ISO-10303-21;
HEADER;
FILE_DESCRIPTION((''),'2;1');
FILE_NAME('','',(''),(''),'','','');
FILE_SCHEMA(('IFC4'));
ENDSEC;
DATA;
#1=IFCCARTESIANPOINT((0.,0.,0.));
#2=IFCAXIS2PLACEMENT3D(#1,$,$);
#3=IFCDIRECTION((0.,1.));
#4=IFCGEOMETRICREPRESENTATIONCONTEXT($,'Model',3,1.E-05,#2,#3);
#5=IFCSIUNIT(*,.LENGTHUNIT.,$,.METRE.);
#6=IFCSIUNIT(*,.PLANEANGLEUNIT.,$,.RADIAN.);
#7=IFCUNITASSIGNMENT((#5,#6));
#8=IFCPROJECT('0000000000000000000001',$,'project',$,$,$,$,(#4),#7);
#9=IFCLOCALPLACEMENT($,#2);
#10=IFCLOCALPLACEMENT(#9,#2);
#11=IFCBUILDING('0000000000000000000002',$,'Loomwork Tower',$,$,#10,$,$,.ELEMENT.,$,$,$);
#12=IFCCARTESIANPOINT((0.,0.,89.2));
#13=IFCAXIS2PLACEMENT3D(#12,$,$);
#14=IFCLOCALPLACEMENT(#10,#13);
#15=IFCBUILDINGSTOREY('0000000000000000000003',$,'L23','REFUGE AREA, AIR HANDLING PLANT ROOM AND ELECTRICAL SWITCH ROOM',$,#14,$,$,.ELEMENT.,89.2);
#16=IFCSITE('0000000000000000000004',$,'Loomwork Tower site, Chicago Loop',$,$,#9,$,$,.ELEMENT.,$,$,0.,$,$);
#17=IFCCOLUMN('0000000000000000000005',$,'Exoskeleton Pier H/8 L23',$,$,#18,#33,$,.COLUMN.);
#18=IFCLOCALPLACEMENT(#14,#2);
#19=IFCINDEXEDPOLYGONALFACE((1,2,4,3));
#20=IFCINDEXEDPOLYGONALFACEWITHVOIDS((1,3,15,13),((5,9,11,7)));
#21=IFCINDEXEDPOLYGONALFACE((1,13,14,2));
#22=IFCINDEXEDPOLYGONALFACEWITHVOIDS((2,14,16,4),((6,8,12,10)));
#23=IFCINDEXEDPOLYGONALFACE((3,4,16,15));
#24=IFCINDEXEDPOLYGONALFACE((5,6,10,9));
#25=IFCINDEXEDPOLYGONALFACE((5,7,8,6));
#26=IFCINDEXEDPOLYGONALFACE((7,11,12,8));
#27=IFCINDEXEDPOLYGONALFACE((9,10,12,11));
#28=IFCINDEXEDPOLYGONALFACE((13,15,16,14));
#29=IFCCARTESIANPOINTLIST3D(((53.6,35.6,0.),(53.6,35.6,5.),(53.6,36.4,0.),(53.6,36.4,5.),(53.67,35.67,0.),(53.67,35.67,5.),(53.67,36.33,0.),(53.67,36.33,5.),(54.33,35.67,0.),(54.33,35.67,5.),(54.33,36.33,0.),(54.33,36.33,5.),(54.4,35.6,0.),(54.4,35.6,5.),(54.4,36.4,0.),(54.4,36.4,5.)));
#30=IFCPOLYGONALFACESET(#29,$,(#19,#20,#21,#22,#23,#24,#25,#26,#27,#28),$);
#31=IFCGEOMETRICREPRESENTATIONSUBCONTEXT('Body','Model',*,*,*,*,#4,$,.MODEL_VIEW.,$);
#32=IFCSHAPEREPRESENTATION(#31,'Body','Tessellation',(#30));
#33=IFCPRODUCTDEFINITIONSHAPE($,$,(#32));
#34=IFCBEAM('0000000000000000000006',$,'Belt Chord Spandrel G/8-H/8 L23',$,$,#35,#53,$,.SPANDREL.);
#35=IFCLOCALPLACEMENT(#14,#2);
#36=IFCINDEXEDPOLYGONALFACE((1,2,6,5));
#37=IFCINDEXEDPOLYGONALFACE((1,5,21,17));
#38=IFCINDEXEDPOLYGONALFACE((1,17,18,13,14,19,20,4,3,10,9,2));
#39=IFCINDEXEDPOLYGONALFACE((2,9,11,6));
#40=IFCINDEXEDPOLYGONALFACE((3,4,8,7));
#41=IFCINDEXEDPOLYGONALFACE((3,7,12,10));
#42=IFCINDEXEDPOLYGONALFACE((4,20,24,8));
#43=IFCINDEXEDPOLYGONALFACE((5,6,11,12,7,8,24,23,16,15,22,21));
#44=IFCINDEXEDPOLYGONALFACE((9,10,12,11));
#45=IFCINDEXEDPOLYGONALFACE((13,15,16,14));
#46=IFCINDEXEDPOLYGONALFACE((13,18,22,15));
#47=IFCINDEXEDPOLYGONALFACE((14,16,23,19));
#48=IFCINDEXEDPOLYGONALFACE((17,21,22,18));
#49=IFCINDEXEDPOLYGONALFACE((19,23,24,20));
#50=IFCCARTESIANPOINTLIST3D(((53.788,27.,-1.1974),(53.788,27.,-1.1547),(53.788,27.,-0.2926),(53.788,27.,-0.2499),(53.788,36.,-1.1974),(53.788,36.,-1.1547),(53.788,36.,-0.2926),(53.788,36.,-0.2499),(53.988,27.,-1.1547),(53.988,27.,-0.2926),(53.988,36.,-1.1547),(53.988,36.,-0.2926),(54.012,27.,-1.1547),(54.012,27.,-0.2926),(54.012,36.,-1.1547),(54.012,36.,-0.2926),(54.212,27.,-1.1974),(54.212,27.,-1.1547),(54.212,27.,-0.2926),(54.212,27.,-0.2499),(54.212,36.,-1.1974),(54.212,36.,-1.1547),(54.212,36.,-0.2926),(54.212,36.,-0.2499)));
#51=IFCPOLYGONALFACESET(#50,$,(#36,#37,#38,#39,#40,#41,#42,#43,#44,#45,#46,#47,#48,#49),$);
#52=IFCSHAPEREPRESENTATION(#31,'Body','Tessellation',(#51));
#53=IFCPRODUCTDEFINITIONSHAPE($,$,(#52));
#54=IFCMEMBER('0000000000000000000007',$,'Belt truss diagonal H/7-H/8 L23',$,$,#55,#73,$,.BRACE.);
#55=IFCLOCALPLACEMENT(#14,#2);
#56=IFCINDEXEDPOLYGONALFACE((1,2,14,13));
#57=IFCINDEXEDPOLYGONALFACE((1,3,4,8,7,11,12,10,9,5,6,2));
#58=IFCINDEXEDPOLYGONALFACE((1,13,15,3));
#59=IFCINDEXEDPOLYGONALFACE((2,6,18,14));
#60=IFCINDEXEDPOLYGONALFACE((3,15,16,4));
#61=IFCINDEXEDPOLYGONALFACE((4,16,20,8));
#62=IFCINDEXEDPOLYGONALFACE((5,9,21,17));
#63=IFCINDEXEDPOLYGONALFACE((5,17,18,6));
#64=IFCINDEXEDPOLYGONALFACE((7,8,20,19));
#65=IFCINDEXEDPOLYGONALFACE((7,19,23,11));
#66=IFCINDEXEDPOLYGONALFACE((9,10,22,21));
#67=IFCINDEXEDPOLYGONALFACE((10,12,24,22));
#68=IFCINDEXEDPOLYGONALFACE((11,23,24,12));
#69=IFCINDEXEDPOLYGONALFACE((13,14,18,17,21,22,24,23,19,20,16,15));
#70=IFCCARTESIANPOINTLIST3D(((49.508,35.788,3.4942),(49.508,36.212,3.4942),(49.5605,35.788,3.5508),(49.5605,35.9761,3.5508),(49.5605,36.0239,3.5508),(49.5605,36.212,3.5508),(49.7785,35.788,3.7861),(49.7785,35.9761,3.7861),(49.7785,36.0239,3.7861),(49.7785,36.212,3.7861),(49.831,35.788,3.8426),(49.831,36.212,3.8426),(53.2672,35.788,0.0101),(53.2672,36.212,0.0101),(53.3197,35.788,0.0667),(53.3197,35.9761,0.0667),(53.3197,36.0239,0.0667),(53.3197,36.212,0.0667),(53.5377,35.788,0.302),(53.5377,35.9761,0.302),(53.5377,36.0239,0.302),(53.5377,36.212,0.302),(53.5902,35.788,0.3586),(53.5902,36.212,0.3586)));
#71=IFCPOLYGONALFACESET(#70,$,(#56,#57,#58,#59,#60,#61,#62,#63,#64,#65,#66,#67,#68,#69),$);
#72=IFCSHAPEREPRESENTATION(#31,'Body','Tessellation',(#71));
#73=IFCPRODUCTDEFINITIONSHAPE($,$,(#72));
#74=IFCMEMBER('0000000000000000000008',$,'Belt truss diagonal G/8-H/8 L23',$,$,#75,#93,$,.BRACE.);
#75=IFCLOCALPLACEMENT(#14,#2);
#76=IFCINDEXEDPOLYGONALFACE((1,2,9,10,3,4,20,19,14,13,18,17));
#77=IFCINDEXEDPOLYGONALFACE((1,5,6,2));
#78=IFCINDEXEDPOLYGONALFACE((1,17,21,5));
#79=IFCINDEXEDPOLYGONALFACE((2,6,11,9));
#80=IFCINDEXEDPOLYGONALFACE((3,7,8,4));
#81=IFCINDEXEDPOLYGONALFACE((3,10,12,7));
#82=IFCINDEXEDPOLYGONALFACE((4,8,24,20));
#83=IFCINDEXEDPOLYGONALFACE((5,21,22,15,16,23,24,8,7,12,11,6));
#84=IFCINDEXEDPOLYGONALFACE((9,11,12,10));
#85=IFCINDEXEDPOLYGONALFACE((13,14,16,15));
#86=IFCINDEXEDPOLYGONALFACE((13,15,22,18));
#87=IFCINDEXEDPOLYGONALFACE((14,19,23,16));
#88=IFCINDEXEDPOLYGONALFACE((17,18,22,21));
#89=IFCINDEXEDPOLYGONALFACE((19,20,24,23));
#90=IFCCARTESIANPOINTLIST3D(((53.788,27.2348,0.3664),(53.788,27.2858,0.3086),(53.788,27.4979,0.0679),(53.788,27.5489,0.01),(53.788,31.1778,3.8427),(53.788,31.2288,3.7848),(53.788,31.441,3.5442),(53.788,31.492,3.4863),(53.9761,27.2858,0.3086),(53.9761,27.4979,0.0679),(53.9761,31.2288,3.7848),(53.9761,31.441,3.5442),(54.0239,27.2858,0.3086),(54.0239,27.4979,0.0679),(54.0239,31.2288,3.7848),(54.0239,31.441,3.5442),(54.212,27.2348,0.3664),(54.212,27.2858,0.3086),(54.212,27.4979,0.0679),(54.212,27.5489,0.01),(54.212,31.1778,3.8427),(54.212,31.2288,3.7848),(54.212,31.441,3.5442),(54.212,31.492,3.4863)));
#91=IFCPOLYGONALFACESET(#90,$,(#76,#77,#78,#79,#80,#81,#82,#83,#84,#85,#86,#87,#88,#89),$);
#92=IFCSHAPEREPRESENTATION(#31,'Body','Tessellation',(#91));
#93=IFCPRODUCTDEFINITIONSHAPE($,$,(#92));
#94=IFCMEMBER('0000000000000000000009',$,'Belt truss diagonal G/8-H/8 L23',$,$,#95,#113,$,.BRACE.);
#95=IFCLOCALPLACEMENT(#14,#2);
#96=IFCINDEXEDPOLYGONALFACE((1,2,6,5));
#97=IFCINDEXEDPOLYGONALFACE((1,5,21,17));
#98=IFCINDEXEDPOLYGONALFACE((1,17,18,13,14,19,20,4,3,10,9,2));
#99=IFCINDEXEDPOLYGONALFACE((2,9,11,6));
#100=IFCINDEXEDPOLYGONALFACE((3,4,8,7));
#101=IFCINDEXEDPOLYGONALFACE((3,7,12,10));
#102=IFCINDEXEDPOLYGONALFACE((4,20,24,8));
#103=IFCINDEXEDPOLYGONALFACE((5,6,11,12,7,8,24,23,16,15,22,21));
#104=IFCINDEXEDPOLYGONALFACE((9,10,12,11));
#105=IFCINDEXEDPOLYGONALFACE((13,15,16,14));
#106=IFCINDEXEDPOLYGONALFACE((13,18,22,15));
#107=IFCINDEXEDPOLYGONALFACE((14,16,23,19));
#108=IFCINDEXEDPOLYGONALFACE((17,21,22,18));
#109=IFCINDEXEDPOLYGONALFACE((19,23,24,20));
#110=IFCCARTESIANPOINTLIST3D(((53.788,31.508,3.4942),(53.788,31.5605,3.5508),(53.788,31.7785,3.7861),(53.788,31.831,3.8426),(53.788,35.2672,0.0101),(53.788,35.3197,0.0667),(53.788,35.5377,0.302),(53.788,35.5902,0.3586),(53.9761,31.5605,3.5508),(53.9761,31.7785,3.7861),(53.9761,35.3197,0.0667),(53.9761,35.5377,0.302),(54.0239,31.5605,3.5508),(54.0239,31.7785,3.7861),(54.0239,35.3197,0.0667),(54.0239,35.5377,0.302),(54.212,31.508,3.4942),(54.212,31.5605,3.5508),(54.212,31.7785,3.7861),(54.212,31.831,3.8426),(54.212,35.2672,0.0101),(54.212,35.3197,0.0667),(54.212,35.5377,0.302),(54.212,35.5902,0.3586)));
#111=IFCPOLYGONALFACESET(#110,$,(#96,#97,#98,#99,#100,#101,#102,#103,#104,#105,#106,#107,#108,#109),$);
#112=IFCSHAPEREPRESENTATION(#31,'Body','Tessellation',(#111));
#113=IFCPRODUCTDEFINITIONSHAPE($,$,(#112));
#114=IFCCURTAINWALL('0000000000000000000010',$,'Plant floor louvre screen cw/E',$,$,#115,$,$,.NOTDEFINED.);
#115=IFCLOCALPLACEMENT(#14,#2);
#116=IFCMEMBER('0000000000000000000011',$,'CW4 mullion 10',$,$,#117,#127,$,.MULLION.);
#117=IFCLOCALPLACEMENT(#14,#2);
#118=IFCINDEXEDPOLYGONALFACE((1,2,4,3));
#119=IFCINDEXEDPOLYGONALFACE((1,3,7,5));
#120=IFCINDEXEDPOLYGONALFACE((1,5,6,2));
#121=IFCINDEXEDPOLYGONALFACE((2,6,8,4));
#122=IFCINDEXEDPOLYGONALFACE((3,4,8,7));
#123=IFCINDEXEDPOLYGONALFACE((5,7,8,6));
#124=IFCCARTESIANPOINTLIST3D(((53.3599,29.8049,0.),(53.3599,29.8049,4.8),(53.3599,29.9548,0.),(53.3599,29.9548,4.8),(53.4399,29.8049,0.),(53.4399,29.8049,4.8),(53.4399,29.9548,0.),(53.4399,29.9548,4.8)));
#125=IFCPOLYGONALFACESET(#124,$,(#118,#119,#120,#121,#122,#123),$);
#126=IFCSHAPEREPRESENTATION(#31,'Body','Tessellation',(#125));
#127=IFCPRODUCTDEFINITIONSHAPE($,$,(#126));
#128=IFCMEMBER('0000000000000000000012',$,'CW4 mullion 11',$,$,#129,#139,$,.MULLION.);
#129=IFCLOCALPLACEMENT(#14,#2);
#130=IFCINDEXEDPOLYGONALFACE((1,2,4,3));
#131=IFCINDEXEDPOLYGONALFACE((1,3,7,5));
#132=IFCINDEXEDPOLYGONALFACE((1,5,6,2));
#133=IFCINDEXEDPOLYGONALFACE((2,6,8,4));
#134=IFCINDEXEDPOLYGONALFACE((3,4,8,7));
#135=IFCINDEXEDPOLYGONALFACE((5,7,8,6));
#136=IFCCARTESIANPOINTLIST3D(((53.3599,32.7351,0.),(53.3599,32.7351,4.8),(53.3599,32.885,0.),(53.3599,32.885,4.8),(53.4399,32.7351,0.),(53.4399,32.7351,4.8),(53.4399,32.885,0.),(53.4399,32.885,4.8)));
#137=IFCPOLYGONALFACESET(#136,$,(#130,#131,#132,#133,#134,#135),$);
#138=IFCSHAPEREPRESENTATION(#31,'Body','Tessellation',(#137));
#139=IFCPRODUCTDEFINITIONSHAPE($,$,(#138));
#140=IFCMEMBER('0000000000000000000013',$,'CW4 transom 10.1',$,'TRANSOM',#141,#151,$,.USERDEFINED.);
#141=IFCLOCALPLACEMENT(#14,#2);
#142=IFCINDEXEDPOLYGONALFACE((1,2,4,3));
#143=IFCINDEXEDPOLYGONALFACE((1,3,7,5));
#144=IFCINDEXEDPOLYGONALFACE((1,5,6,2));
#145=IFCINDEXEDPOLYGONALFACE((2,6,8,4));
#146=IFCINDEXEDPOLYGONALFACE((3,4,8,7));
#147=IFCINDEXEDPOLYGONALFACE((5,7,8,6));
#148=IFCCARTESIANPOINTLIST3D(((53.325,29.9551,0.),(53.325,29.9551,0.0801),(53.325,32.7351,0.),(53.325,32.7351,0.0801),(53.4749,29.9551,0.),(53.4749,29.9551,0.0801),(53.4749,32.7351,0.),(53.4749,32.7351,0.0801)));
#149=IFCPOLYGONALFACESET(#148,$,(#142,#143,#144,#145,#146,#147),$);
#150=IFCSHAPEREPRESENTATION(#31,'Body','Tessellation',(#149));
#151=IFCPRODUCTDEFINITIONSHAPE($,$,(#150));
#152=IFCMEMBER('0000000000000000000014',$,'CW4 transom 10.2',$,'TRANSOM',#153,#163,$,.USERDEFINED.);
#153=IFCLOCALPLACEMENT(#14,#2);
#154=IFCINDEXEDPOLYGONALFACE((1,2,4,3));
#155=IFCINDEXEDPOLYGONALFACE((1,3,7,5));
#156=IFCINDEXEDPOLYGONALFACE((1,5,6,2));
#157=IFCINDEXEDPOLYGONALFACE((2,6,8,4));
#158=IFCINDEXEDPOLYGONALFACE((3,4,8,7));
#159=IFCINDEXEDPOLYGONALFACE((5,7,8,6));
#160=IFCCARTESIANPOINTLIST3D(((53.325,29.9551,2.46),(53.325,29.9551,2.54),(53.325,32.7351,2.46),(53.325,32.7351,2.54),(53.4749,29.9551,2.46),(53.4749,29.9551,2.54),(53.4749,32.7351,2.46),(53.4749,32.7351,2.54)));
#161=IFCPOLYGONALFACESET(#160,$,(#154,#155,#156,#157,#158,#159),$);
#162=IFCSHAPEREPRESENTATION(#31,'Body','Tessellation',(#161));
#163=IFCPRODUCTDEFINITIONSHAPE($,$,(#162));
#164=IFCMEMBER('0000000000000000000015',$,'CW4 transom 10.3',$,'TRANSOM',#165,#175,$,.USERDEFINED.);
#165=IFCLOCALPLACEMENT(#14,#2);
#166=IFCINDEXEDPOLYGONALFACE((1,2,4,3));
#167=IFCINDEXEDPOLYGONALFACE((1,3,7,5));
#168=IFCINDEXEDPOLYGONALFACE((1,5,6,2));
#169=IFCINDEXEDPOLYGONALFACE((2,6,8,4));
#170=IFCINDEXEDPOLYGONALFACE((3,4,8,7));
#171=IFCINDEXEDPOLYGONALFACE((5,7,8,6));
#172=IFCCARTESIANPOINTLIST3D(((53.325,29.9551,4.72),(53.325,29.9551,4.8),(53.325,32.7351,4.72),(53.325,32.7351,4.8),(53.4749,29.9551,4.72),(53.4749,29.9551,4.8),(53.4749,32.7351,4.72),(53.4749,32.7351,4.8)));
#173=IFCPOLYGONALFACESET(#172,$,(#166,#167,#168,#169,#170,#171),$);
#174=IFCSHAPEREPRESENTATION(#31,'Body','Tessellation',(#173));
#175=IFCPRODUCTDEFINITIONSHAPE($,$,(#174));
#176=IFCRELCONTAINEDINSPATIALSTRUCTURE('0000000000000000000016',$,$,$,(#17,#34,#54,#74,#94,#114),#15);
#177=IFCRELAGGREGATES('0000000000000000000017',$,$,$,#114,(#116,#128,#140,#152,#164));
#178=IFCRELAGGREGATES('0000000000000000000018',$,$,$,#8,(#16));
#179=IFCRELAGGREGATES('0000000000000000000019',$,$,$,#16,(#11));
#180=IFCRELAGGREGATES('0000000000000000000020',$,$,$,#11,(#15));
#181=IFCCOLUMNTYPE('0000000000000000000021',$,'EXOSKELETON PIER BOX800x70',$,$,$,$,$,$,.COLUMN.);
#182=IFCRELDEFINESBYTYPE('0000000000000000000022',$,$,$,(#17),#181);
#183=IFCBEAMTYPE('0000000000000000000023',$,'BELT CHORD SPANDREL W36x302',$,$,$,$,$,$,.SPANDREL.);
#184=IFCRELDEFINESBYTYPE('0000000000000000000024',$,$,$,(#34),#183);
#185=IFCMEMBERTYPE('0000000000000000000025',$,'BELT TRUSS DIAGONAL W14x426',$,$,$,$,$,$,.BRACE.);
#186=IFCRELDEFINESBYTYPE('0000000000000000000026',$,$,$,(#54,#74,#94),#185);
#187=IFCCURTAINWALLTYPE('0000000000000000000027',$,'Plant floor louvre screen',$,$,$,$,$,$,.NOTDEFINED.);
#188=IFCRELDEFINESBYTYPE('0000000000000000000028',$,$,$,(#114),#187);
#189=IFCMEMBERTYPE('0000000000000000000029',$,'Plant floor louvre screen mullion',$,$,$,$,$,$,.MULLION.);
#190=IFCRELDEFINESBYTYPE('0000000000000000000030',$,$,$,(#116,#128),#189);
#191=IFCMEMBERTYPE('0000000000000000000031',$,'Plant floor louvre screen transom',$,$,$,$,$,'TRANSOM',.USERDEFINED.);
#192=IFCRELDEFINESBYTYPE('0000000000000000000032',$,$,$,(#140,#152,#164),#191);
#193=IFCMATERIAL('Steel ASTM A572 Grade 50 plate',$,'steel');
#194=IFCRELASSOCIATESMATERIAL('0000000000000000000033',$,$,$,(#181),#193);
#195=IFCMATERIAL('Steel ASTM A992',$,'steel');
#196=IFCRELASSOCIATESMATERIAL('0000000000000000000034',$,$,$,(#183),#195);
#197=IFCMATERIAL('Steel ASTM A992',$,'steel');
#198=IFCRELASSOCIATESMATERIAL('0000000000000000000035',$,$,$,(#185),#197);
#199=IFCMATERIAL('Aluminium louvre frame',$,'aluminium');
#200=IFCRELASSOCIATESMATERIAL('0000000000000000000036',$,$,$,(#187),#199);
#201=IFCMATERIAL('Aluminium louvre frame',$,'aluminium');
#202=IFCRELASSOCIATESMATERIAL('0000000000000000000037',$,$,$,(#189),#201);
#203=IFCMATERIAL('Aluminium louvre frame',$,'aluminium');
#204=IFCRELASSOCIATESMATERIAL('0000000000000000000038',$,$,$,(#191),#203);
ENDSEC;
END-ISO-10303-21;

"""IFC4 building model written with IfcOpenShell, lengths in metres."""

from ifc_helpers import new_model, si_unit, direction, frame, origin, origin_2d, place, context, subcontext, project, spatial, rectangle, hollow_rectangle, i_section, extrude, material, material_profile, profile_set, type_object, element, aggregate, save


model = new_model("IFC4")

# Units and contexts
model_context = context("Model", 3, precision=1e-05, world=origin(), true_north=direction((0.0, 1.0)))
body_context = subcontext(model_context, "Body", "Model", "MODEL_VIEW")
ifc_project = project(units=[si_unit("LENGTHUNIT", "METRE"), si_unit("PLANEANGLEUNIT", "RADIAN")], contexts=[model_context])

# Site, building, storey
site_placement = place(None, origin())
site = spatial("IfcSite", under=ifc_project, at=site_placement, Name="Loomwork Tower site, Chicago Loop", CompositionType="ELEMENT", RefElevation=0.0)
building_placement = place(site_placement, origin())
building = spatial("IfcBuilding", under=site, at=building_placement, Name="Loomwork Tower", CompositionType="ELEMENT")
storey_placement = place(building_placement, frame((0.0, 0.0, 89.2)))
storey = spatial("IfcBuildingStorey", under=building, at=storey_placement, Name="L23", Description="REFUGE AREA, AIR HANDLING PLANT ROOM AND ELECTRICAL SWITCH ROOM", CompositionType="ELEMENT", Elevation=89.2)

# Column
ifc_material_1 = material(Name="Steel ASTM A572 Grade 50 plate", Category="steel")
ifc_material_profile_1 = material_profile(ifc_material_1, hollow_rectangle(XDim=0.8, YDim=0.8, WallThickness=0.0701, at=origin_2d()), Name="BOX800x70")
ifc_profile_set_1 = profile_set([ifc_material_profile_1], Name="Steel ASTM A572 Grade 50 plate")
column_type = type_object("IfcColumnType", Name="EXOSKELETON PIER BOX800x70", PredefinedType="COLUMN", material=ifc_profile_set_1)
column_placement = place(storey_placement, frame((54.0, 36.0, 0.0), z_axis=(0.0, 0.0, 1.0), x_axis=(1.0, 0.0, 0.0)))
element("IfcColumn", 1, at=column_placement, inside=storey, type_object=column_type, Name="Exoskeleton Pier H/8 L23", PredefinedType="COLUMN", context=body_context, shape_type="SweptSolid", body=[
    extrude(hollow_rectangle(XDim=0.8, YDim=0.8, WallThickness=0.0701, at=origin_2d()), origin(), (0.0, 0.0, 1.0), 5.0),
])

# Beam
ifc_material_2 = material(Name="Steel ASTM A992", Category="steel")
ifc_material_profile_2 = material_profile(ifc_material_2, i_section(OverallWidth=0.4241, OverallDepth=0.9475, WebThickness=0.0239, FlangeThickness=0.0427, at=origin_2d()), Name="W36x302")
ifc_profile_set_2 = profile_set([ifc_material_profile_2], Name="Steel ASTM A992")
beam_type = type_object("IfcBeamType", Name="BELT CHORD SPANDREL W36x302", PredefinedType="SPANDREL", material=ifc_profile_set_2)
beam_placement = place(storey_placement, frame((54.0, 27.0, -0.7236), z_axis=(0.0, 1.0, 0.0), x_axis=(-1.0, 0.0, 0.0)))
element("IfcBeam", 2, at=beam_placement, inside=storey, type_object=beam_type, Name="Belt Chord Spandrel G/8-H/8 L23", PredefinedType="SPANDREL", context=body_context, shape_type="SweptSolid", body=[
    extrude(i_section(OverallWidth=0.4241, OverallDepth=0.9475, WebThickness=0.0239, FlangeThickness=0.0427, at=origin_2d()), origin(), (0.0, 0.0, 1.0), 9.0),
])

# Members
ifc_material_3 = material(Name="Steel ASTM A992", Category="steel")
ifc_material_profile_3 = material_profile(ifc_material_3, i_section(OverallWidth=0.4241, OverallDepth=0.4751, WebThickness=0.0479, FlangeThickness=0.0771, at=origin_2d()), Name="W14x426")
ifc_profile_set_3 = profile_set([ifc_material_profile_3], Name="Steel ASTM A992")
member_type_1 = type_object("IfcMemberType", Name="BELT TRUSS DIAGONAL W14x426", PredefinedType="BRACE", material=ifc_profile_set_3)
member_1_placement = place(storey_placement, frame((53.4287, 36.0, 0.1843), z_axis=(-0.733438, 0.0, 0.679757), x_axis=(0.0, -1.0, 0.0)))
element("IfcMember", 3, at=member_1_placement, inside=storey, type_object=member_type_1, Name="Belt truss diagonal H/7-H/8 L23", PredefinedType="BRACE", context=body_context, shape_type="SweptSolid", body=[
    extrude(i_section(OverallWidth=0.4241, OverallDepth=0.4751, WebThickness=0.0479, FlangeThickness=0.0771, at=origin_2d()), origin(), (0.0, 0.0, 1.0), 5.1255),
])
member_2_placement = place(storey_placement, frame((54.0, 27.3918, 0.1882), z_axis=(0.0, 0.750112, 0.661311), x_axis=(-1.0, 0.0, 0.0)))
element("IfcMember", 4, at=member_2_placement, inside=storey, type_object=member_type_1, Name="Belt truss diagonal G/8-H/8 L23", PredefinedType="BRACE", context=body_context, shape_type="SweptSolid", body=[
    extrude(i_section(OverallWidth=0.4241, OverallDepth=0.4751, WebThickness=0.0479, FlangeThickness=0.0771, at=origin_2d()), origin(), (0.0, 0.0, 1.0), 5.2566),
])
member_3_placement = place(storey_placement, frame((54.0, 35.4287, 0.1843), z_axis=(0.0, -0.733438, 0.679757), x_axis=(1.0, 0.0, 0.0)))
element("IfcMember", 5, at=member_3_placement, inside=storey, type_object=member_type_1, Name="Belt truss diagonal G/8-H/8 L23", PredefinedType="BRACE", context=body_context, shape_type="SweptSolid", body=[
    extrude(i_section(OverallWidth=0.4241, OverallDepth=0.4751, WebThickness=0.0479, FlangeThickness=0.0771, at=origin_2d()), origin(), (0.0, 0.0, 1.0), 5.1255),
])

# Curtain wall, members
ifc_material_4 = material(Name="Aluminium louvre frame", Category="aluminium")
curtain_wall_type = type_object("IfcCurtainWallType", Name="Plant floor louvre screen", PredefinedType="NOTDEFINED", material=ifc_material_4)
curtain_wall_placement = place(storey_placement, origin())
curtain_wall = element("IfcCurtainWall", 6, at=curtain_wall_placement, inside=storey, type_object=curtain_wall_type, Name="Plant floor louvre screen cw/E", PredefinedType="NOTDEFINED")
ifc_material_5 = material(Name="Aluminium louvre frame", Category="aluminium")
ifc_material_profile_4 = material_profile(ifc_material_5, rectangle(XDim=0.0801, YDim=0.1499, at=origin_2d()), Name="AL 80x150")
ifc_profile_set_4 = profile_set([ifc_material_profile_4], Name="Aluminium louvre frame")
member_type_2 = type_object("IfcMemberType", Name="Plant floor louvre screen mullion", PredefinedType="MULLION", material=ifc_profile_set_4)
member_4_placement = place(storey_placement, frame((53.3999, 29.8799, 0.0), z_axis=(0.0, 0.0, 1.0), x_axis=(-1.0, 0.0, 0.0)))
member_4 = element("IfcMember", 7, at=member_4_placement, type_object=member_type_2, Name="CW4 mullion 10", PredefinedType="MULLION", context=body_context, shape_type="SweptSolid", body=[
    extrude(rectangle(XDim=0.0801, YDim=0.1499, at=origin_2d()), origin(), (0.0, 0.0, 1.0), 4.8),
])
member_5_placement = place(storey_placement, frame((53.3999, 32.8101, 0.0), z_axis=(0.0, 0.0, 1.0), x_axis=(-1.0, 0.0, 0.0)))
member_5 = element("IfcMember", 8, at=member_5_placement, type_object=member_type_2, Name="CW4 mullion 11", PredefinedType="MULLION", context=body_context, shape_type="SweptSolid", body=[
    extrude(rectangle(XDim=0.0801, YDim=0.1499, at=origin_2d()), origin(), (0.0, 0.0, 1.0), 4.8),
])
ifc_material_6 = material(Name="Aluminium louvre frame", Category="aluminium")
ifc_material_profile_5 = material_profile(ifc_material_6, rectangle(XDim=0.1499, YDim=0.0801, at=origin_2d()), Name="AL 80x150")
ifc_profile_set_5 = profile_set([ifc_material_profile_5], Name="Aluminium louvre frame")
member_type_3 = type_object("IfcMemberType", Name="Plant floor louvre screen transom", ElementType="TRANSOM", PredefinedType="USERDEFINED", material=ifc_profile_set_5)
member_6_placement = place(storey_placement, frame((53.3999, 29.9551, 0.04), z_axis=(0.0, 1.0, 0.0), x_axis=(-1.0, 0.0, 0.0)))
member_6 = element("IfcMember", 9, at=member_6_placement, type_object=member_type_3, Name="CW4 transom 10.1", ObjectType="TRANSOM", PredefinedType="USERDEFINED", context=body_context, shape_type="SweptSolid", body=[
    extrude(rectangle(XDim=0.1499, YDim=0.0801, at=origin_2d()), origin(), (0.0, 0.0, 1.0), 2.78),
])
member_7_placement = place(storey_placement, frame((53.3999, 29.9551, 2.5), z_axis=(0.0, 1.0, 0.0), x_axis=(-1.0, 0.0, 0.0)))
member_7 = element("IfcMember", 10, at=member_7_placement, type_object=member_type_3, Name="CW4 transom 10.2", ObjectType="TRANSOM", PredefinedType="USERDEFINED", context=body_context, shape_type="SweptSolid", body=[
    extrude(rectangle(XDim=0.1499, YDim=0.0801, at=origin_2d()), origin(), (0.0, 0.0, 1.0), 2.78),
])
member_8_placement = place(storey_placement, frame((53.3999, 29.9551, 4.76), z_axis=(0.0, 1.0, 0.0), x_axis=(-1.0, 0.0, 0.0)))
member_8 = element("IfcMember", 11, at=member_8_placement, type_object=member_type_3, Name="CW4 transom 10.3", ObjectType="TRANSOM", PredefinedType="USERDEFINED", context=body_context, shape_type="SweptSolid", body=[
    extrude(rectangle(XDim=0.1499, YDim=0.0801, at=origin_2d()), origin(), (0.0, 0.0, 1.0), 2.78),
])
aggregate(curtain_wall, [member_4, member_5, member_6, member_7, member_8])

save(model, "model.ifc")
